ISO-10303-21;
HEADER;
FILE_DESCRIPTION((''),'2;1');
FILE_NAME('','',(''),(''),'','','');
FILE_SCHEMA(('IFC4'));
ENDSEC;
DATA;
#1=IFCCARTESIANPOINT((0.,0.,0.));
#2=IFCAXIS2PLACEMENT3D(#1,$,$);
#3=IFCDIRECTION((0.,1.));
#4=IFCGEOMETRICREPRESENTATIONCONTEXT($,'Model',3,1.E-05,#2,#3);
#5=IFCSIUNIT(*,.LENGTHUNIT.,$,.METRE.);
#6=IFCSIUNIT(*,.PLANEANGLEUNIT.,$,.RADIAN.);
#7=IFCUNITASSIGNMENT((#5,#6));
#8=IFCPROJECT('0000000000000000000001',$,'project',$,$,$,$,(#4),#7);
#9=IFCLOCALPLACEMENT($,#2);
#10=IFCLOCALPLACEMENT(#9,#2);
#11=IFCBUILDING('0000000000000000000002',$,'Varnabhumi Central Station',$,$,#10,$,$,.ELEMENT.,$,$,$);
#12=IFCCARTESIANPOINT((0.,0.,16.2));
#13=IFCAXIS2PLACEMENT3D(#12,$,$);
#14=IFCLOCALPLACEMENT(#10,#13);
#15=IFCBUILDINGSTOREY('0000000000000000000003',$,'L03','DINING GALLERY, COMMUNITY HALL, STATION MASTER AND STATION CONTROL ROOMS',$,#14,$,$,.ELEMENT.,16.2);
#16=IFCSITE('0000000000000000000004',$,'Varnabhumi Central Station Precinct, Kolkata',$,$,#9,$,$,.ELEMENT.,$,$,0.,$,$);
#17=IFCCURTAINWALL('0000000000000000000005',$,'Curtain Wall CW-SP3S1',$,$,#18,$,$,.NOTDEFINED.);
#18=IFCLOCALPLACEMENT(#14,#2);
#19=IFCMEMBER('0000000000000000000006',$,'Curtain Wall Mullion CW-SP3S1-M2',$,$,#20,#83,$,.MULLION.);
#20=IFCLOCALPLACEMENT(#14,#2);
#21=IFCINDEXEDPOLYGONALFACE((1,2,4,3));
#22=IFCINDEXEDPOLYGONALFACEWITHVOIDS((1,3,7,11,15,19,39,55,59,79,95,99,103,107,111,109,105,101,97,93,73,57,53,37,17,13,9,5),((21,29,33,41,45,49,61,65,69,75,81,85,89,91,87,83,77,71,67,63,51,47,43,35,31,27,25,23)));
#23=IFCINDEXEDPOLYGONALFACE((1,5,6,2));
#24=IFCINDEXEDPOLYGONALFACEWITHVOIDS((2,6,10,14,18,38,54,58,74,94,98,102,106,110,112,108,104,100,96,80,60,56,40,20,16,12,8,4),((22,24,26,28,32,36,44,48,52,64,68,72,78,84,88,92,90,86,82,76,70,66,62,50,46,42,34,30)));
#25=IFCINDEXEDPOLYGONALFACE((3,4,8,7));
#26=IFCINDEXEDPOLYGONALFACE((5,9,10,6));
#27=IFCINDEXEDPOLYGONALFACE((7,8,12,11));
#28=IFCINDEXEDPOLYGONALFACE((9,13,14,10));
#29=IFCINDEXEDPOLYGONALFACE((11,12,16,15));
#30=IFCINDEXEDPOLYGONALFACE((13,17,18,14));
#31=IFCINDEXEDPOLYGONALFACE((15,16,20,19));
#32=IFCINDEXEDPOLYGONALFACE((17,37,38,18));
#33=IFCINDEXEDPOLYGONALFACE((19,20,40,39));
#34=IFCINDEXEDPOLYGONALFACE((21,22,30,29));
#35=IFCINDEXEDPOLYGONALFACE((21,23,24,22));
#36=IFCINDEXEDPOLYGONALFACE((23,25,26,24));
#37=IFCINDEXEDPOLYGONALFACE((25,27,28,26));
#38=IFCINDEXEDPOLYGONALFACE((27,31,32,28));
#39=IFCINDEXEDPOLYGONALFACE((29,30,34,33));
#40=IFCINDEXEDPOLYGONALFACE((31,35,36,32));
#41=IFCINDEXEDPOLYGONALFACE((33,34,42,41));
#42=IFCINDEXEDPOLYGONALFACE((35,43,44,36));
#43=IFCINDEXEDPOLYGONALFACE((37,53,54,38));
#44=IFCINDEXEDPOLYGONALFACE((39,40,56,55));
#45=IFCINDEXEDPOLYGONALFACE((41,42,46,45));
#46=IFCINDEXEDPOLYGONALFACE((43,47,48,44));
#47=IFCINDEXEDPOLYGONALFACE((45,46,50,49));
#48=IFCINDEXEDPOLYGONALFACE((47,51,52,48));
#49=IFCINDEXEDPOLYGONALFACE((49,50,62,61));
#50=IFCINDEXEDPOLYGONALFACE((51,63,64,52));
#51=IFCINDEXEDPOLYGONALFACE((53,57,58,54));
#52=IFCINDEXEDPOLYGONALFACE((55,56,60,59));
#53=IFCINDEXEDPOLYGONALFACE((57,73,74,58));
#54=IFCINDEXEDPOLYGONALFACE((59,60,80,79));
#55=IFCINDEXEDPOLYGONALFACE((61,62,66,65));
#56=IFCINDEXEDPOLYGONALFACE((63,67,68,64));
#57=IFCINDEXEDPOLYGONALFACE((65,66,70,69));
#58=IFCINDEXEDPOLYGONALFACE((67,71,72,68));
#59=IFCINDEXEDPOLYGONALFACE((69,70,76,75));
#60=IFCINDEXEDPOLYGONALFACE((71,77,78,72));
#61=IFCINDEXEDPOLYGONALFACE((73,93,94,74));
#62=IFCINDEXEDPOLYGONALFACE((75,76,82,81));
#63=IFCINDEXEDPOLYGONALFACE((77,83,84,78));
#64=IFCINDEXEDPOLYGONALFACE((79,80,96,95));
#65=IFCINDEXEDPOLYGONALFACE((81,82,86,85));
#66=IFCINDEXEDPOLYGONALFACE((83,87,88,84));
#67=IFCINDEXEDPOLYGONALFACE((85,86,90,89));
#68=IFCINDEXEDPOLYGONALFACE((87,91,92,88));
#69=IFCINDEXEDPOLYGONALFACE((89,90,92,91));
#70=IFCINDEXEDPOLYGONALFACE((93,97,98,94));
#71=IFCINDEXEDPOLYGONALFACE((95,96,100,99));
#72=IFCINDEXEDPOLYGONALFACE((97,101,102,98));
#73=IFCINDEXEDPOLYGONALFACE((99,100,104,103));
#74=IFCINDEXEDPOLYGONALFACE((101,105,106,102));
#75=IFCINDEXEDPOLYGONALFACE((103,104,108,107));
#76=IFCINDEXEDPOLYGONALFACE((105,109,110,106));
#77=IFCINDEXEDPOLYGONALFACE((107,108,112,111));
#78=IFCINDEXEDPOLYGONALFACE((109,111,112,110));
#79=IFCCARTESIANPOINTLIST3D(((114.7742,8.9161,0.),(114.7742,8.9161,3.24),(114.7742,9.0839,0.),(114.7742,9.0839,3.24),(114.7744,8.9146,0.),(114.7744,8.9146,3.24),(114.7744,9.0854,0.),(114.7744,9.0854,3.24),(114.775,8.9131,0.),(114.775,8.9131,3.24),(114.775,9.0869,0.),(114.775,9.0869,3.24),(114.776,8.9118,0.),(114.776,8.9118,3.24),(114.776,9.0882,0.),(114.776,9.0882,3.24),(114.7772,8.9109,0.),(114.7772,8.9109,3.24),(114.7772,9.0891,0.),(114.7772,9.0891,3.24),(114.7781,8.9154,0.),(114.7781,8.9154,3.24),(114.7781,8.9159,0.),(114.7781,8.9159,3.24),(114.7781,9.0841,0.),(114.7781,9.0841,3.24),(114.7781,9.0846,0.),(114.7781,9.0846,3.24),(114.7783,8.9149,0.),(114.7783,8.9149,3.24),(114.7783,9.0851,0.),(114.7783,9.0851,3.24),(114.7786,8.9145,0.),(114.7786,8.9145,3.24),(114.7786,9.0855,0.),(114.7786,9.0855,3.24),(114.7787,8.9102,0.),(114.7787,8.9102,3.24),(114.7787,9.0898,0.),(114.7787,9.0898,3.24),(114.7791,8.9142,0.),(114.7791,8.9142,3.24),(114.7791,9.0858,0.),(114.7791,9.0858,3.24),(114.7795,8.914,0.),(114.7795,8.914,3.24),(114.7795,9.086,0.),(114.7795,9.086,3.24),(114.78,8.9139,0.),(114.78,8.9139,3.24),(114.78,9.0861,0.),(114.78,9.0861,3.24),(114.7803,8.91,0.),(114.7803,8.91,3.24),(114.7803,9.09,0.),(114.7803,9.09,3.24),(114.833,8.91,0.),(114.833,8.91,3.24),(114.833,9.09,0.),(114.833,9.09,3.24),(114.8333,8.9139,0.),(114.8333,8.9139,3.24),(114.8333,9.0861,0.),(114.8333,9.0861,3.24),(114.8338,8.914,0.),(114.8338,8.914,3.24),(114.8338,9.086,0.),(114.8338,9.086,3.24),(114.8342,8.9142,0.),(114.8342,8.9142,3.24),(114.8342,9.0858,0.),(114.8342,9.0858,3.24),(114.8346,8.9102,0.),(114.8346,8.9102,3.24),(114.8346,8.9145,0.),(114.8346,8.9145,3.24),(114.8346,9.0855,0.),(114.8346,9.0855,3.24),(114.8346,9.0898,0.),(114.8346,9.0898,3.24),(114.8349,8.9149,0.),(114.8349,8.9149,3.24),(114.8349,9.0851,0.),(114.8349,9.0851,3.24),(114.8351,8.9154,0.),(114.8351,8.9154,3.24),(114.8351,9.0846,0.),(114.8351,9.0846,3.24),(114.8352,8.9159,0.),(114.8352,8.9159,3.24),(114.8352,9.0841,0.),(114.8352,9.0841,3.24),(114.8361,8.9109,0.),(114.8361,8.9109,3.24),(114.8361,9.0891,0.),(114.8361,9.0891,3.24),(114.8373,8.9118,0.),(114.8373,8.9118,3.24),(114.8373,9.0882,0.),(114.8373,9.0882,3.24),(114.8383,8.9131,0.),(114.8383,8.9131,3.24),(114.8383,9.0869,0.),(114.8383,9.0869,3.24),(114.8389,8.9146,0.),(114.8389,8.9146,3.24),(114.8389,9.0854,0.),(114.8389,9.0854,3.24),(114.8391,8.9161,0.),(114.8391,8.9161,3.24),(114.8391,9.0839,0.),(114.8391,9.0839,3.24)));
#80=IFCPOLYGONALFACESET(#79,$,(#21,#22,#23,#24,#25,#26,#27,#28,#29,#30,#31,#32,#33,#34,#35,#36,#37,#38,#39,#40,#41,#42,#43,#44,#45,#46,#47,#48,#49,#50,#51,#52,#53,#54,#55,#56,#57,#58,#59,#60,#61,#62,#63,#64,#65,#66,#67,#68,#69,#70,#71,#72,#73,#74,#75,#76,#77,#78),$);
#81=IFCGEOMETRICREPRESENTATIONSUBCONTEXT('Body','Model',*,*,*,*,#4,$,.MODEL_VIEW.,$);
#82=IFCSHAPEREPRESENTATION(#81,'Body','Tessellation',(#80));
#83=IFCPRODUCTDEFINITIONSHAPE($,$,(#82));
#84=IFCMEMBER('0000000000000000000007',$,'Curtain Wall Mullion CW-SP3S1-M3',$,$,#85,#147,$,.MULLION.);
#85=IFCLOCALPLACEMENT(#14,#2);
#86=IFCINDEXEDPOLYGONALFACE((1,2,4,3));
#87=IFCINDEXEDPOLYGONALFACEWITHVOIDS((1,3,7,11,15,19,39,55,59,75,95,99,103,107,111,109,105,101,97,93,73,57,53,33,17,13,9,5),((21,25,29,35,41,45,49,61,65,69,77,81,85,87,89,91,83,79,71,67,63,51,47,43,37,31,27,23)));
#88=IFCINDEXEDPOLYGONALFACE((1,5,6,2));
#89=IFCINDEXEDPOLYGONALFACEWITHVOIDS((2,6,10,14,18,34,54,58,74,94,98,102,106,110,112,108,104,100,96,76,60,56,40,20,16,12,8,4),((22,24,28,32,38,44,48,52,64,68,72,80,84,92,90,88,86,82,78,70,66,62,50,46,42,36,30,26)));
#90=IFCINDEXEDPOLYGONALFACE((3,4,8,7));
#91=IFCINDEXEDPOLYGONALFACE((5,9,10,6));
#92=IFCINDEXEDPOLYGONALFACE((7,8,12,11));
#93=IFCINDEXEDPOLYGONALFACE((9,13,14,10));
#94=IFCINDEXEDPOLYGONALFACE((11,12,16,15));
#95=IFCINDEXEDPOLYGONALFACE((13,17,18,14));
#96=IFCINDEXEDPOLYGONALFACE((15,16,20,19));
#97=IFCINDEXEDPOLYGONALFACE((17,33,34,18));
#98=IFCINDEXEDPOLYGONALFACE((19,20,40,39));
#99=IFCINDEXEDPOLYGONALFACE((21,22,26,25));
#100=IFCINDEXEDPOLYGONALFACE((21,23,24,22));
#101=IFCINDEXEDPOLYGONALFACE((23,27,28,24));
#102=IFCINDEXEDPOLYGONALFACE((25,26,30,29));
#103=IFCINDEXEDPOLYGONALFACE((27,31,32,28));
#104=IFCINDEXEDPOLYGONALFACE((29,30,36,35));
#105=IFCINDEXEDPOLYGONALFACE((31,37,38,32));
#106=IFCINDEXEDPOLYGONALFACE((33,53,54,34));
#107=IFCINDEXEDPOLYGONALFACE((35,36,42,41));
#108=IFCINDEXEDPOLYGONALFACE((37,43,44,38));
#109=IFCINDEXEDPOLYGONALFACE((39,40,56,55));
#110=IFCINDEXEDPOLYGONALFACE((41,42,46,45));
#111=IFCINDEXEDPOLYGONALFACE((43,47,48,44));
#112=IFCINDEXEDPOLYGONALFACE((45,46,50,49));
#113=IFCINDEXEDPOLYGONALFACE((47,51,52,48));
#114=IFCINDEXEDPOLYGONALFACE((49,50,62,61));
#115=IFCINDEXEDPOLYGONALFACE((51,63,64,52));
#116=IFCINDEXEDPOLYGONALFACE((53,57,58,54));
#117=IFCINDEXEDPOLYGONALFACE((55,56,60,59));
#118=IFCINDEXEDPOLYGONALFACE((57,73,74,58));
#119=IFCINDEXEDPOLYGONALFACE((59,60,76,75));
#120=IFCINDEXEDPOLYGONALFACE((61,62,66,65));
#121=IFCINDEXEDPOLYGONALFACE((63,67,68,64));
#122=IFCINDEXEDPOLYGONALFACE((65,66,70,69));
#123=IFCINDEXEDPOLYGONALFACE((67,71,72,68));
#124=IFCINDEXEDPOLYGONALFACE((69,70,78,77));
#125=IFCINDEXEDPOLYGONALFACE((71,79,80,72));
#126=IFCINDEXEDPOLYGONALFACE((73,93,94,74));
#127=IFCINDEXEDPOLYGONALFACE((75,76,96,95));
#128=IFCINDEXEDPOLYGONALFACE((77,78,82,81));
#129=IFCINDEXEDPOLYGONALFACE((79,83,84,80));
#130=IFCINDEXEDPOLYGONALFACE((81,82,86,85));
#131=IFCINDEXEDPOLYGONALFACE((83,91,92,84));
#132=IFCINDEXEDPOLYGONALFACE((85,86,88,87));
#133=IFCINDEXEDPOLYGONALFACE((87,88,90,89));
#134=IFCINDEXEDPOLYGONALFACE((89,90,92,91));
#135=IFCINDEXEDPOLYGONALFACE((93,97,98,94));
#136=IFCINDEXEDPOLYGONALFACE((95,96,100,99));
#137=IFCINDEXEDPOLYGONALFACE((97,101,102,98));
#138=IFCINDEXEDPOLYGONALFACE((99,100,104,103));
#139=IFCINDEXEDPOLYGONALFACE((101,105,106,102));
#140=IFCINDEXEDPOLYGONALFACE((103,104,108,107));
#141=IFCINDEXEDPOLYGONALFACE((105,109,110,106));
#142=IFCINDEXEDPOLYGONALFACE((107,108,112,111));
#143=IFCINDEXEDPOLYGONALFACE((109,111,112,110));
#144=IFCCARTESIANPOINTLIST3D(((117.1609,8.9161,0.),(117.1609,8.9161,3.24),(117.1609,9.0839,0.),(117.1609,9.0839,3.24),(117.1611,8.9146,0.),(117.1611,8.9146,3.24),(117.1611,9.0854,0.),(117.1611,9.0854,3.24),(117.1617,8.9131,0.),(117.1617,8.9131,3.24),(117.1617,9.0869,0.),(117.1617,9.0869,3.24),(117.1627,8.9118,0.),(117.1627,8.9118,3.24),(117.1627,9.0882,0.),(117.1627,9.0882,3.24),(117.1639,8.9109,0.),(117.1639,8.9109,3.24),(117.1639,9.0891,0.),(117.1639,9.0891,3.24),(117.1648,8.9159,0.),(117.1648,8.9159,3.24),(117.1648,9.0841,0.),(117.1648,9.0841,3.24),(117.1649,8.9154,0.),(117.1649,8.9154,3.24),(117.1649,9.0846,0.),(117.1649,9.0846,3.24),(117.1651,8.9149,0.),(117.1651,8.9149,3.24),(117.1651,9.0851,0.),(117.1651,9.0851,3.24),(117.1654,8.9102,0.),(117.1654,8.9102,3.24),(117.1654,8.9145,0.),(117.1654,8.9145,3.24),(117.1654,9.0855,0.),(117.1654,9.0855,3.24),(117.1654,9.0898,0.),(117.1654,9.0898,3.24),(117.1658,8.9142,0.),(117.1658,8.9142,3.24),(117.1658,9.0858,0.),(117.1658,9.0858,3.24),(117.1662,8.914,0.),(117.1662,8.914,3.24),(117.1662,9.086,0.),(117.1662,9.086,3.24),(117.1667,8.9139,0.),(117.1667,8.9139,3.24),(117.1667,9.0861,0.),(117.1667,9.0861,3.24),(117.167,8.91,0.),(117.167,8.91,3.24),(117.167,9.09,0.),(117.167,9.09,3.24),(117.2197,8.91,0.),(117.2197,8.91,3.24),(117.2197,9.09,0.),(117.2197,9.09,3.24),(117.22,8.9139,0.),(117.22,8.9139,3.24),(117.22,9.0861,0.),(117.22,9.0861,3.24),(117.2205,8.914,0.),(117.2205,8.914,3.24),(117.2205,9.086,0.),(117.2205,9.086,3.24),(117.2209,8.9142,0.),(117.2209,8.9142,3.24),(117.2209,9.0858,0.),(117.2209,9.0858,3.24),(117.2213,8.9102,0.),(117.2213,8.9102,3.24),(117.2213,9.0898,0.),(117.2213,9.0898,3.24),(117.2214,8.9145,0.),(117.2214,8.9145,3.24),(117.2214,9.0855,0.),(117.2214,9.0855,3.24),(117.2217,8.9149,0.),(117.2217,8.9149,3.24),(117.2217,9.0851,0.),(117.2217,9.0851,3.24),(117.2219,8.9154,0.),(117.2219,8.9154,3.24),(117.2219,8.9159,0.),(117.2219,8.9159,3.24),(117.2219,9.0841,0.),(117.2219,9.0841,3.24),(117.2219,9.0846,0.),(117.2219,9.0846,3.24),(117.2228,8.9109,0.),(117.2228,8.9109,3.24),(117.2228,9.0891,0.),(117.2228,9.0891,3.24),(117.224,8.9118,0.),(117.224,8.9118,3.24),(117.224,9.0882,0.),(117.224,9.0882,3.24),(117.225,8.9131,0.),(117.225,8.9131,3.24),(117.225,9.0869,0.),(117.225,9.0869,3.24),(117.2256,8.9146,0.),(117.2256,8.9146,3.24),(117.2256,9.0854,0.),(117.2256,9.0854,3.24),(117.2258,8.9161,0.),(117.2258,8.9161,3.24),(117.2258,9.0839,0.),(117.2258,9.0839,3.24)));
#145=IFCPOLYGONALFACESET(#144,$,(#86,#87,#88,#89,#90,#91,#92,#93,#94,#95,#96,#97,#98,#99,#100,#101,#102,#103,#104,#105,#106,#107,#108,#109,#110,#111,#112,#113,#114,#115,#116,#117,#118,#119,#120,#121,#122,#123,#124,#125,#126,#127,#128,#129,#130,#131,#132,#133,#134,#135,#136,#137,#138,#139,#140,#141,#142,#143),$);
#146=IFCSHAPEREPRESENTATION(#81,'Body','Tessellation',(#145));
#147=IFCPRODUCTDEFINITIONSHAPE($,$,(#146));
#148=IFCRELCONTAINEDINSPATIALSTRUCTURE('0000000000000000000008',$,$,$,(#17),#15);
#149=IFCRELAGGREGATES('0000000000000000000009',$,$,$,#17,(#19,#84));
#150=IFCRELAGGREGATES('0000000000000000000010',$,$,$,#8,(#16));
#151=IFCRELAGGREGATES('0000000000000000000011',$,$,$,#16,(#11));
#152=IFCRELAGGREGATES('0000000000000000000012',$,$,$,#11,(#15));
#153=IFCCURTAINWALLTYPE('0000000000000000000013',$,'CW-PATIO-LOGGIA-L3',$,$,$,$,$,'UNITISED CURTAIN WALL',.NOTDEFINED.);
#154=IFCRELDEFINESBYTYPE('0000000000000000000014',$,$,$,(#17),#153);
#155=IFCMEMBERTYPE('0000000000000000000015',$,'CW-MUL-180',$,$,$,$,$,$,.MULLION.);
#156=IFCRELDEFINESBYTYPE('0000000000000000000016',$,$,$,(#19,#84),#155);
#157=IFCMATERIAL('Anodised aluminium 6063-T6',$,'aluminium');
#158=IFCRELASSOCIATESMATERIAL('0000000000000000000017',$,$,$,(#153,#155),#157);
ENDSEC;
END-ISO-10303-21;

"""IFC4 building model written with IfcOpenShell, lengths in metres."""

from ifc_helpers import new_model, si_unit, direction, frame, origin, origin_2d, place, context, subcontext, project, spatial, hollow_rectangle, extrude, material, material_profile, profile_set, type_object, element, aggregate, save


model = new_model("IFC4")

# Units and contexts
model_context = context("Model", 3, precision=1e-05, world=origin(), true_north=direction((0.0, 1.0)))
body_context = subcontext(model_context, "Body", "Model", "MODEL_VIEW")
ifc_project = project(units=[si_unit("LENGTHUNIT", "METRE"), si_unit("PLANEANGLEUNIT", "RADIAN")], contexts=[model_context])

# Site, building, storey
site_placement = place(None, origin())
site = spatial("IfcSite", under=ifc_project, at=site_placement, Name="Varnabhumi Central Station Precinct, Kolkata", CompositionType="ELEMENT", RefElevation=0.0)
building_placement = place(site_placement, origin())
building = spatial("IfcBuilding", under=site, at=building_placement, Name="Varnabhumi Central Station", CompositionType="ELEMENT")
storey_placement = place(building_placement, frame((0.0, 0.0, 16.2)))
storey = spatial("IfcBuildingStorey", under=building, at=storey_placement, Name="L03", Description="DINING GALLERY, COMMUNITY HALL, STATION MASTER AND STATION CONTROL ROOMS", CompositionType="ELEMENT", Elevation=16.2)

# Curtain wall, members
ifc_material_1 = material(Name="Anodised aluminium 6063-T6", Category="aluminium")
curtain_wall_type = type_object("IfcCurtainWallType", Name="CW-PATIO-LOGGIA-L3", ElementType="UNITISED CURTAIN WALL", PredefinedType="NOTDEFINED", material=ifc_material_1)
ifc_material_profile_1 = material_profile(ifc_material_1, hollow_rectangle(XDim=0.0649, YDim=0.1799, WallThickness=0.0039, InnerFilletRadius=0.002, OuterFilletRadius=0.0061, at=origin_2d()), Name="Anodised aluminium 6063-T6", Category="aluminium")
ifc_profile_set_1 = profile_set([ifc_material_profile_1], Name="Anodised aluminium 6063-T6")
member_type_1 = type_object("IfcMemberType", Name="CW-MUL-180", PredefinedType="MULLION", material=ifc_profile_set_1)
curtain_wall_1_placement = place(storey_placement, origin())
curtain_wall_1 = element("IfcCurtainWall", 1, at=curtain_wall_1_placement, inside=storey, type_object=curtain_wall_type, Name="Curtain Wall CW-SP3S1", PredefinedType="NOTDEFINED")
member_1_placement = place(storey_placement, frame((114.8066, 9.0, 0.0), z_axis=(0.0, 0.0, 1.0), x_axis=(1.0, 0.0, 0.0)))
member_1 = element("IfcMember", 2, at=member_1_placement, type_object=member_type_1, Name="Curtain Wall Mullion CW-SP3S1-M2", PredefinedType="MULLION", context=body_context, shape_type="SweptSolid", body=[
    extrude(hollow_rectangle(XDim=0.0649, YDim=0.1799, WallThickness=0.0039, InnerFilletRadius=0.002, OuterFilletRadius=0.0061, at=origin_2d()), origin(), (0.0, 0.0, 1.0), 3.24),
])
member_2_placement = place(storey_placement, frame((117.1934, 9.0, 0.0), z_axis=(0.0, 0.0, 1.0), x_axis=(1.0, 0.0, 0.0)))
member_2 = element("IfcMember", 3, at=member_2_placement, type_object=member_type_1, Name="Curtain Wall Mullion CW-SP3S1-M3", PredefinedType="MULLION", context=body_context, shape_type="SweptSolid", body=[
    extrude(hollow_rectangle(XDim=0.0649, YDim=0.1799, WallThickness=0.0039, InnerFilletRadius=0.002, OuterFilletRadius=0.0061, at=origin_2d()), origin(), (0.0, 0.0, 1.0), 3.24),
])

aggregate(curtain_wall_1, [member_1, member_2])

save(model, "model.ifc")
